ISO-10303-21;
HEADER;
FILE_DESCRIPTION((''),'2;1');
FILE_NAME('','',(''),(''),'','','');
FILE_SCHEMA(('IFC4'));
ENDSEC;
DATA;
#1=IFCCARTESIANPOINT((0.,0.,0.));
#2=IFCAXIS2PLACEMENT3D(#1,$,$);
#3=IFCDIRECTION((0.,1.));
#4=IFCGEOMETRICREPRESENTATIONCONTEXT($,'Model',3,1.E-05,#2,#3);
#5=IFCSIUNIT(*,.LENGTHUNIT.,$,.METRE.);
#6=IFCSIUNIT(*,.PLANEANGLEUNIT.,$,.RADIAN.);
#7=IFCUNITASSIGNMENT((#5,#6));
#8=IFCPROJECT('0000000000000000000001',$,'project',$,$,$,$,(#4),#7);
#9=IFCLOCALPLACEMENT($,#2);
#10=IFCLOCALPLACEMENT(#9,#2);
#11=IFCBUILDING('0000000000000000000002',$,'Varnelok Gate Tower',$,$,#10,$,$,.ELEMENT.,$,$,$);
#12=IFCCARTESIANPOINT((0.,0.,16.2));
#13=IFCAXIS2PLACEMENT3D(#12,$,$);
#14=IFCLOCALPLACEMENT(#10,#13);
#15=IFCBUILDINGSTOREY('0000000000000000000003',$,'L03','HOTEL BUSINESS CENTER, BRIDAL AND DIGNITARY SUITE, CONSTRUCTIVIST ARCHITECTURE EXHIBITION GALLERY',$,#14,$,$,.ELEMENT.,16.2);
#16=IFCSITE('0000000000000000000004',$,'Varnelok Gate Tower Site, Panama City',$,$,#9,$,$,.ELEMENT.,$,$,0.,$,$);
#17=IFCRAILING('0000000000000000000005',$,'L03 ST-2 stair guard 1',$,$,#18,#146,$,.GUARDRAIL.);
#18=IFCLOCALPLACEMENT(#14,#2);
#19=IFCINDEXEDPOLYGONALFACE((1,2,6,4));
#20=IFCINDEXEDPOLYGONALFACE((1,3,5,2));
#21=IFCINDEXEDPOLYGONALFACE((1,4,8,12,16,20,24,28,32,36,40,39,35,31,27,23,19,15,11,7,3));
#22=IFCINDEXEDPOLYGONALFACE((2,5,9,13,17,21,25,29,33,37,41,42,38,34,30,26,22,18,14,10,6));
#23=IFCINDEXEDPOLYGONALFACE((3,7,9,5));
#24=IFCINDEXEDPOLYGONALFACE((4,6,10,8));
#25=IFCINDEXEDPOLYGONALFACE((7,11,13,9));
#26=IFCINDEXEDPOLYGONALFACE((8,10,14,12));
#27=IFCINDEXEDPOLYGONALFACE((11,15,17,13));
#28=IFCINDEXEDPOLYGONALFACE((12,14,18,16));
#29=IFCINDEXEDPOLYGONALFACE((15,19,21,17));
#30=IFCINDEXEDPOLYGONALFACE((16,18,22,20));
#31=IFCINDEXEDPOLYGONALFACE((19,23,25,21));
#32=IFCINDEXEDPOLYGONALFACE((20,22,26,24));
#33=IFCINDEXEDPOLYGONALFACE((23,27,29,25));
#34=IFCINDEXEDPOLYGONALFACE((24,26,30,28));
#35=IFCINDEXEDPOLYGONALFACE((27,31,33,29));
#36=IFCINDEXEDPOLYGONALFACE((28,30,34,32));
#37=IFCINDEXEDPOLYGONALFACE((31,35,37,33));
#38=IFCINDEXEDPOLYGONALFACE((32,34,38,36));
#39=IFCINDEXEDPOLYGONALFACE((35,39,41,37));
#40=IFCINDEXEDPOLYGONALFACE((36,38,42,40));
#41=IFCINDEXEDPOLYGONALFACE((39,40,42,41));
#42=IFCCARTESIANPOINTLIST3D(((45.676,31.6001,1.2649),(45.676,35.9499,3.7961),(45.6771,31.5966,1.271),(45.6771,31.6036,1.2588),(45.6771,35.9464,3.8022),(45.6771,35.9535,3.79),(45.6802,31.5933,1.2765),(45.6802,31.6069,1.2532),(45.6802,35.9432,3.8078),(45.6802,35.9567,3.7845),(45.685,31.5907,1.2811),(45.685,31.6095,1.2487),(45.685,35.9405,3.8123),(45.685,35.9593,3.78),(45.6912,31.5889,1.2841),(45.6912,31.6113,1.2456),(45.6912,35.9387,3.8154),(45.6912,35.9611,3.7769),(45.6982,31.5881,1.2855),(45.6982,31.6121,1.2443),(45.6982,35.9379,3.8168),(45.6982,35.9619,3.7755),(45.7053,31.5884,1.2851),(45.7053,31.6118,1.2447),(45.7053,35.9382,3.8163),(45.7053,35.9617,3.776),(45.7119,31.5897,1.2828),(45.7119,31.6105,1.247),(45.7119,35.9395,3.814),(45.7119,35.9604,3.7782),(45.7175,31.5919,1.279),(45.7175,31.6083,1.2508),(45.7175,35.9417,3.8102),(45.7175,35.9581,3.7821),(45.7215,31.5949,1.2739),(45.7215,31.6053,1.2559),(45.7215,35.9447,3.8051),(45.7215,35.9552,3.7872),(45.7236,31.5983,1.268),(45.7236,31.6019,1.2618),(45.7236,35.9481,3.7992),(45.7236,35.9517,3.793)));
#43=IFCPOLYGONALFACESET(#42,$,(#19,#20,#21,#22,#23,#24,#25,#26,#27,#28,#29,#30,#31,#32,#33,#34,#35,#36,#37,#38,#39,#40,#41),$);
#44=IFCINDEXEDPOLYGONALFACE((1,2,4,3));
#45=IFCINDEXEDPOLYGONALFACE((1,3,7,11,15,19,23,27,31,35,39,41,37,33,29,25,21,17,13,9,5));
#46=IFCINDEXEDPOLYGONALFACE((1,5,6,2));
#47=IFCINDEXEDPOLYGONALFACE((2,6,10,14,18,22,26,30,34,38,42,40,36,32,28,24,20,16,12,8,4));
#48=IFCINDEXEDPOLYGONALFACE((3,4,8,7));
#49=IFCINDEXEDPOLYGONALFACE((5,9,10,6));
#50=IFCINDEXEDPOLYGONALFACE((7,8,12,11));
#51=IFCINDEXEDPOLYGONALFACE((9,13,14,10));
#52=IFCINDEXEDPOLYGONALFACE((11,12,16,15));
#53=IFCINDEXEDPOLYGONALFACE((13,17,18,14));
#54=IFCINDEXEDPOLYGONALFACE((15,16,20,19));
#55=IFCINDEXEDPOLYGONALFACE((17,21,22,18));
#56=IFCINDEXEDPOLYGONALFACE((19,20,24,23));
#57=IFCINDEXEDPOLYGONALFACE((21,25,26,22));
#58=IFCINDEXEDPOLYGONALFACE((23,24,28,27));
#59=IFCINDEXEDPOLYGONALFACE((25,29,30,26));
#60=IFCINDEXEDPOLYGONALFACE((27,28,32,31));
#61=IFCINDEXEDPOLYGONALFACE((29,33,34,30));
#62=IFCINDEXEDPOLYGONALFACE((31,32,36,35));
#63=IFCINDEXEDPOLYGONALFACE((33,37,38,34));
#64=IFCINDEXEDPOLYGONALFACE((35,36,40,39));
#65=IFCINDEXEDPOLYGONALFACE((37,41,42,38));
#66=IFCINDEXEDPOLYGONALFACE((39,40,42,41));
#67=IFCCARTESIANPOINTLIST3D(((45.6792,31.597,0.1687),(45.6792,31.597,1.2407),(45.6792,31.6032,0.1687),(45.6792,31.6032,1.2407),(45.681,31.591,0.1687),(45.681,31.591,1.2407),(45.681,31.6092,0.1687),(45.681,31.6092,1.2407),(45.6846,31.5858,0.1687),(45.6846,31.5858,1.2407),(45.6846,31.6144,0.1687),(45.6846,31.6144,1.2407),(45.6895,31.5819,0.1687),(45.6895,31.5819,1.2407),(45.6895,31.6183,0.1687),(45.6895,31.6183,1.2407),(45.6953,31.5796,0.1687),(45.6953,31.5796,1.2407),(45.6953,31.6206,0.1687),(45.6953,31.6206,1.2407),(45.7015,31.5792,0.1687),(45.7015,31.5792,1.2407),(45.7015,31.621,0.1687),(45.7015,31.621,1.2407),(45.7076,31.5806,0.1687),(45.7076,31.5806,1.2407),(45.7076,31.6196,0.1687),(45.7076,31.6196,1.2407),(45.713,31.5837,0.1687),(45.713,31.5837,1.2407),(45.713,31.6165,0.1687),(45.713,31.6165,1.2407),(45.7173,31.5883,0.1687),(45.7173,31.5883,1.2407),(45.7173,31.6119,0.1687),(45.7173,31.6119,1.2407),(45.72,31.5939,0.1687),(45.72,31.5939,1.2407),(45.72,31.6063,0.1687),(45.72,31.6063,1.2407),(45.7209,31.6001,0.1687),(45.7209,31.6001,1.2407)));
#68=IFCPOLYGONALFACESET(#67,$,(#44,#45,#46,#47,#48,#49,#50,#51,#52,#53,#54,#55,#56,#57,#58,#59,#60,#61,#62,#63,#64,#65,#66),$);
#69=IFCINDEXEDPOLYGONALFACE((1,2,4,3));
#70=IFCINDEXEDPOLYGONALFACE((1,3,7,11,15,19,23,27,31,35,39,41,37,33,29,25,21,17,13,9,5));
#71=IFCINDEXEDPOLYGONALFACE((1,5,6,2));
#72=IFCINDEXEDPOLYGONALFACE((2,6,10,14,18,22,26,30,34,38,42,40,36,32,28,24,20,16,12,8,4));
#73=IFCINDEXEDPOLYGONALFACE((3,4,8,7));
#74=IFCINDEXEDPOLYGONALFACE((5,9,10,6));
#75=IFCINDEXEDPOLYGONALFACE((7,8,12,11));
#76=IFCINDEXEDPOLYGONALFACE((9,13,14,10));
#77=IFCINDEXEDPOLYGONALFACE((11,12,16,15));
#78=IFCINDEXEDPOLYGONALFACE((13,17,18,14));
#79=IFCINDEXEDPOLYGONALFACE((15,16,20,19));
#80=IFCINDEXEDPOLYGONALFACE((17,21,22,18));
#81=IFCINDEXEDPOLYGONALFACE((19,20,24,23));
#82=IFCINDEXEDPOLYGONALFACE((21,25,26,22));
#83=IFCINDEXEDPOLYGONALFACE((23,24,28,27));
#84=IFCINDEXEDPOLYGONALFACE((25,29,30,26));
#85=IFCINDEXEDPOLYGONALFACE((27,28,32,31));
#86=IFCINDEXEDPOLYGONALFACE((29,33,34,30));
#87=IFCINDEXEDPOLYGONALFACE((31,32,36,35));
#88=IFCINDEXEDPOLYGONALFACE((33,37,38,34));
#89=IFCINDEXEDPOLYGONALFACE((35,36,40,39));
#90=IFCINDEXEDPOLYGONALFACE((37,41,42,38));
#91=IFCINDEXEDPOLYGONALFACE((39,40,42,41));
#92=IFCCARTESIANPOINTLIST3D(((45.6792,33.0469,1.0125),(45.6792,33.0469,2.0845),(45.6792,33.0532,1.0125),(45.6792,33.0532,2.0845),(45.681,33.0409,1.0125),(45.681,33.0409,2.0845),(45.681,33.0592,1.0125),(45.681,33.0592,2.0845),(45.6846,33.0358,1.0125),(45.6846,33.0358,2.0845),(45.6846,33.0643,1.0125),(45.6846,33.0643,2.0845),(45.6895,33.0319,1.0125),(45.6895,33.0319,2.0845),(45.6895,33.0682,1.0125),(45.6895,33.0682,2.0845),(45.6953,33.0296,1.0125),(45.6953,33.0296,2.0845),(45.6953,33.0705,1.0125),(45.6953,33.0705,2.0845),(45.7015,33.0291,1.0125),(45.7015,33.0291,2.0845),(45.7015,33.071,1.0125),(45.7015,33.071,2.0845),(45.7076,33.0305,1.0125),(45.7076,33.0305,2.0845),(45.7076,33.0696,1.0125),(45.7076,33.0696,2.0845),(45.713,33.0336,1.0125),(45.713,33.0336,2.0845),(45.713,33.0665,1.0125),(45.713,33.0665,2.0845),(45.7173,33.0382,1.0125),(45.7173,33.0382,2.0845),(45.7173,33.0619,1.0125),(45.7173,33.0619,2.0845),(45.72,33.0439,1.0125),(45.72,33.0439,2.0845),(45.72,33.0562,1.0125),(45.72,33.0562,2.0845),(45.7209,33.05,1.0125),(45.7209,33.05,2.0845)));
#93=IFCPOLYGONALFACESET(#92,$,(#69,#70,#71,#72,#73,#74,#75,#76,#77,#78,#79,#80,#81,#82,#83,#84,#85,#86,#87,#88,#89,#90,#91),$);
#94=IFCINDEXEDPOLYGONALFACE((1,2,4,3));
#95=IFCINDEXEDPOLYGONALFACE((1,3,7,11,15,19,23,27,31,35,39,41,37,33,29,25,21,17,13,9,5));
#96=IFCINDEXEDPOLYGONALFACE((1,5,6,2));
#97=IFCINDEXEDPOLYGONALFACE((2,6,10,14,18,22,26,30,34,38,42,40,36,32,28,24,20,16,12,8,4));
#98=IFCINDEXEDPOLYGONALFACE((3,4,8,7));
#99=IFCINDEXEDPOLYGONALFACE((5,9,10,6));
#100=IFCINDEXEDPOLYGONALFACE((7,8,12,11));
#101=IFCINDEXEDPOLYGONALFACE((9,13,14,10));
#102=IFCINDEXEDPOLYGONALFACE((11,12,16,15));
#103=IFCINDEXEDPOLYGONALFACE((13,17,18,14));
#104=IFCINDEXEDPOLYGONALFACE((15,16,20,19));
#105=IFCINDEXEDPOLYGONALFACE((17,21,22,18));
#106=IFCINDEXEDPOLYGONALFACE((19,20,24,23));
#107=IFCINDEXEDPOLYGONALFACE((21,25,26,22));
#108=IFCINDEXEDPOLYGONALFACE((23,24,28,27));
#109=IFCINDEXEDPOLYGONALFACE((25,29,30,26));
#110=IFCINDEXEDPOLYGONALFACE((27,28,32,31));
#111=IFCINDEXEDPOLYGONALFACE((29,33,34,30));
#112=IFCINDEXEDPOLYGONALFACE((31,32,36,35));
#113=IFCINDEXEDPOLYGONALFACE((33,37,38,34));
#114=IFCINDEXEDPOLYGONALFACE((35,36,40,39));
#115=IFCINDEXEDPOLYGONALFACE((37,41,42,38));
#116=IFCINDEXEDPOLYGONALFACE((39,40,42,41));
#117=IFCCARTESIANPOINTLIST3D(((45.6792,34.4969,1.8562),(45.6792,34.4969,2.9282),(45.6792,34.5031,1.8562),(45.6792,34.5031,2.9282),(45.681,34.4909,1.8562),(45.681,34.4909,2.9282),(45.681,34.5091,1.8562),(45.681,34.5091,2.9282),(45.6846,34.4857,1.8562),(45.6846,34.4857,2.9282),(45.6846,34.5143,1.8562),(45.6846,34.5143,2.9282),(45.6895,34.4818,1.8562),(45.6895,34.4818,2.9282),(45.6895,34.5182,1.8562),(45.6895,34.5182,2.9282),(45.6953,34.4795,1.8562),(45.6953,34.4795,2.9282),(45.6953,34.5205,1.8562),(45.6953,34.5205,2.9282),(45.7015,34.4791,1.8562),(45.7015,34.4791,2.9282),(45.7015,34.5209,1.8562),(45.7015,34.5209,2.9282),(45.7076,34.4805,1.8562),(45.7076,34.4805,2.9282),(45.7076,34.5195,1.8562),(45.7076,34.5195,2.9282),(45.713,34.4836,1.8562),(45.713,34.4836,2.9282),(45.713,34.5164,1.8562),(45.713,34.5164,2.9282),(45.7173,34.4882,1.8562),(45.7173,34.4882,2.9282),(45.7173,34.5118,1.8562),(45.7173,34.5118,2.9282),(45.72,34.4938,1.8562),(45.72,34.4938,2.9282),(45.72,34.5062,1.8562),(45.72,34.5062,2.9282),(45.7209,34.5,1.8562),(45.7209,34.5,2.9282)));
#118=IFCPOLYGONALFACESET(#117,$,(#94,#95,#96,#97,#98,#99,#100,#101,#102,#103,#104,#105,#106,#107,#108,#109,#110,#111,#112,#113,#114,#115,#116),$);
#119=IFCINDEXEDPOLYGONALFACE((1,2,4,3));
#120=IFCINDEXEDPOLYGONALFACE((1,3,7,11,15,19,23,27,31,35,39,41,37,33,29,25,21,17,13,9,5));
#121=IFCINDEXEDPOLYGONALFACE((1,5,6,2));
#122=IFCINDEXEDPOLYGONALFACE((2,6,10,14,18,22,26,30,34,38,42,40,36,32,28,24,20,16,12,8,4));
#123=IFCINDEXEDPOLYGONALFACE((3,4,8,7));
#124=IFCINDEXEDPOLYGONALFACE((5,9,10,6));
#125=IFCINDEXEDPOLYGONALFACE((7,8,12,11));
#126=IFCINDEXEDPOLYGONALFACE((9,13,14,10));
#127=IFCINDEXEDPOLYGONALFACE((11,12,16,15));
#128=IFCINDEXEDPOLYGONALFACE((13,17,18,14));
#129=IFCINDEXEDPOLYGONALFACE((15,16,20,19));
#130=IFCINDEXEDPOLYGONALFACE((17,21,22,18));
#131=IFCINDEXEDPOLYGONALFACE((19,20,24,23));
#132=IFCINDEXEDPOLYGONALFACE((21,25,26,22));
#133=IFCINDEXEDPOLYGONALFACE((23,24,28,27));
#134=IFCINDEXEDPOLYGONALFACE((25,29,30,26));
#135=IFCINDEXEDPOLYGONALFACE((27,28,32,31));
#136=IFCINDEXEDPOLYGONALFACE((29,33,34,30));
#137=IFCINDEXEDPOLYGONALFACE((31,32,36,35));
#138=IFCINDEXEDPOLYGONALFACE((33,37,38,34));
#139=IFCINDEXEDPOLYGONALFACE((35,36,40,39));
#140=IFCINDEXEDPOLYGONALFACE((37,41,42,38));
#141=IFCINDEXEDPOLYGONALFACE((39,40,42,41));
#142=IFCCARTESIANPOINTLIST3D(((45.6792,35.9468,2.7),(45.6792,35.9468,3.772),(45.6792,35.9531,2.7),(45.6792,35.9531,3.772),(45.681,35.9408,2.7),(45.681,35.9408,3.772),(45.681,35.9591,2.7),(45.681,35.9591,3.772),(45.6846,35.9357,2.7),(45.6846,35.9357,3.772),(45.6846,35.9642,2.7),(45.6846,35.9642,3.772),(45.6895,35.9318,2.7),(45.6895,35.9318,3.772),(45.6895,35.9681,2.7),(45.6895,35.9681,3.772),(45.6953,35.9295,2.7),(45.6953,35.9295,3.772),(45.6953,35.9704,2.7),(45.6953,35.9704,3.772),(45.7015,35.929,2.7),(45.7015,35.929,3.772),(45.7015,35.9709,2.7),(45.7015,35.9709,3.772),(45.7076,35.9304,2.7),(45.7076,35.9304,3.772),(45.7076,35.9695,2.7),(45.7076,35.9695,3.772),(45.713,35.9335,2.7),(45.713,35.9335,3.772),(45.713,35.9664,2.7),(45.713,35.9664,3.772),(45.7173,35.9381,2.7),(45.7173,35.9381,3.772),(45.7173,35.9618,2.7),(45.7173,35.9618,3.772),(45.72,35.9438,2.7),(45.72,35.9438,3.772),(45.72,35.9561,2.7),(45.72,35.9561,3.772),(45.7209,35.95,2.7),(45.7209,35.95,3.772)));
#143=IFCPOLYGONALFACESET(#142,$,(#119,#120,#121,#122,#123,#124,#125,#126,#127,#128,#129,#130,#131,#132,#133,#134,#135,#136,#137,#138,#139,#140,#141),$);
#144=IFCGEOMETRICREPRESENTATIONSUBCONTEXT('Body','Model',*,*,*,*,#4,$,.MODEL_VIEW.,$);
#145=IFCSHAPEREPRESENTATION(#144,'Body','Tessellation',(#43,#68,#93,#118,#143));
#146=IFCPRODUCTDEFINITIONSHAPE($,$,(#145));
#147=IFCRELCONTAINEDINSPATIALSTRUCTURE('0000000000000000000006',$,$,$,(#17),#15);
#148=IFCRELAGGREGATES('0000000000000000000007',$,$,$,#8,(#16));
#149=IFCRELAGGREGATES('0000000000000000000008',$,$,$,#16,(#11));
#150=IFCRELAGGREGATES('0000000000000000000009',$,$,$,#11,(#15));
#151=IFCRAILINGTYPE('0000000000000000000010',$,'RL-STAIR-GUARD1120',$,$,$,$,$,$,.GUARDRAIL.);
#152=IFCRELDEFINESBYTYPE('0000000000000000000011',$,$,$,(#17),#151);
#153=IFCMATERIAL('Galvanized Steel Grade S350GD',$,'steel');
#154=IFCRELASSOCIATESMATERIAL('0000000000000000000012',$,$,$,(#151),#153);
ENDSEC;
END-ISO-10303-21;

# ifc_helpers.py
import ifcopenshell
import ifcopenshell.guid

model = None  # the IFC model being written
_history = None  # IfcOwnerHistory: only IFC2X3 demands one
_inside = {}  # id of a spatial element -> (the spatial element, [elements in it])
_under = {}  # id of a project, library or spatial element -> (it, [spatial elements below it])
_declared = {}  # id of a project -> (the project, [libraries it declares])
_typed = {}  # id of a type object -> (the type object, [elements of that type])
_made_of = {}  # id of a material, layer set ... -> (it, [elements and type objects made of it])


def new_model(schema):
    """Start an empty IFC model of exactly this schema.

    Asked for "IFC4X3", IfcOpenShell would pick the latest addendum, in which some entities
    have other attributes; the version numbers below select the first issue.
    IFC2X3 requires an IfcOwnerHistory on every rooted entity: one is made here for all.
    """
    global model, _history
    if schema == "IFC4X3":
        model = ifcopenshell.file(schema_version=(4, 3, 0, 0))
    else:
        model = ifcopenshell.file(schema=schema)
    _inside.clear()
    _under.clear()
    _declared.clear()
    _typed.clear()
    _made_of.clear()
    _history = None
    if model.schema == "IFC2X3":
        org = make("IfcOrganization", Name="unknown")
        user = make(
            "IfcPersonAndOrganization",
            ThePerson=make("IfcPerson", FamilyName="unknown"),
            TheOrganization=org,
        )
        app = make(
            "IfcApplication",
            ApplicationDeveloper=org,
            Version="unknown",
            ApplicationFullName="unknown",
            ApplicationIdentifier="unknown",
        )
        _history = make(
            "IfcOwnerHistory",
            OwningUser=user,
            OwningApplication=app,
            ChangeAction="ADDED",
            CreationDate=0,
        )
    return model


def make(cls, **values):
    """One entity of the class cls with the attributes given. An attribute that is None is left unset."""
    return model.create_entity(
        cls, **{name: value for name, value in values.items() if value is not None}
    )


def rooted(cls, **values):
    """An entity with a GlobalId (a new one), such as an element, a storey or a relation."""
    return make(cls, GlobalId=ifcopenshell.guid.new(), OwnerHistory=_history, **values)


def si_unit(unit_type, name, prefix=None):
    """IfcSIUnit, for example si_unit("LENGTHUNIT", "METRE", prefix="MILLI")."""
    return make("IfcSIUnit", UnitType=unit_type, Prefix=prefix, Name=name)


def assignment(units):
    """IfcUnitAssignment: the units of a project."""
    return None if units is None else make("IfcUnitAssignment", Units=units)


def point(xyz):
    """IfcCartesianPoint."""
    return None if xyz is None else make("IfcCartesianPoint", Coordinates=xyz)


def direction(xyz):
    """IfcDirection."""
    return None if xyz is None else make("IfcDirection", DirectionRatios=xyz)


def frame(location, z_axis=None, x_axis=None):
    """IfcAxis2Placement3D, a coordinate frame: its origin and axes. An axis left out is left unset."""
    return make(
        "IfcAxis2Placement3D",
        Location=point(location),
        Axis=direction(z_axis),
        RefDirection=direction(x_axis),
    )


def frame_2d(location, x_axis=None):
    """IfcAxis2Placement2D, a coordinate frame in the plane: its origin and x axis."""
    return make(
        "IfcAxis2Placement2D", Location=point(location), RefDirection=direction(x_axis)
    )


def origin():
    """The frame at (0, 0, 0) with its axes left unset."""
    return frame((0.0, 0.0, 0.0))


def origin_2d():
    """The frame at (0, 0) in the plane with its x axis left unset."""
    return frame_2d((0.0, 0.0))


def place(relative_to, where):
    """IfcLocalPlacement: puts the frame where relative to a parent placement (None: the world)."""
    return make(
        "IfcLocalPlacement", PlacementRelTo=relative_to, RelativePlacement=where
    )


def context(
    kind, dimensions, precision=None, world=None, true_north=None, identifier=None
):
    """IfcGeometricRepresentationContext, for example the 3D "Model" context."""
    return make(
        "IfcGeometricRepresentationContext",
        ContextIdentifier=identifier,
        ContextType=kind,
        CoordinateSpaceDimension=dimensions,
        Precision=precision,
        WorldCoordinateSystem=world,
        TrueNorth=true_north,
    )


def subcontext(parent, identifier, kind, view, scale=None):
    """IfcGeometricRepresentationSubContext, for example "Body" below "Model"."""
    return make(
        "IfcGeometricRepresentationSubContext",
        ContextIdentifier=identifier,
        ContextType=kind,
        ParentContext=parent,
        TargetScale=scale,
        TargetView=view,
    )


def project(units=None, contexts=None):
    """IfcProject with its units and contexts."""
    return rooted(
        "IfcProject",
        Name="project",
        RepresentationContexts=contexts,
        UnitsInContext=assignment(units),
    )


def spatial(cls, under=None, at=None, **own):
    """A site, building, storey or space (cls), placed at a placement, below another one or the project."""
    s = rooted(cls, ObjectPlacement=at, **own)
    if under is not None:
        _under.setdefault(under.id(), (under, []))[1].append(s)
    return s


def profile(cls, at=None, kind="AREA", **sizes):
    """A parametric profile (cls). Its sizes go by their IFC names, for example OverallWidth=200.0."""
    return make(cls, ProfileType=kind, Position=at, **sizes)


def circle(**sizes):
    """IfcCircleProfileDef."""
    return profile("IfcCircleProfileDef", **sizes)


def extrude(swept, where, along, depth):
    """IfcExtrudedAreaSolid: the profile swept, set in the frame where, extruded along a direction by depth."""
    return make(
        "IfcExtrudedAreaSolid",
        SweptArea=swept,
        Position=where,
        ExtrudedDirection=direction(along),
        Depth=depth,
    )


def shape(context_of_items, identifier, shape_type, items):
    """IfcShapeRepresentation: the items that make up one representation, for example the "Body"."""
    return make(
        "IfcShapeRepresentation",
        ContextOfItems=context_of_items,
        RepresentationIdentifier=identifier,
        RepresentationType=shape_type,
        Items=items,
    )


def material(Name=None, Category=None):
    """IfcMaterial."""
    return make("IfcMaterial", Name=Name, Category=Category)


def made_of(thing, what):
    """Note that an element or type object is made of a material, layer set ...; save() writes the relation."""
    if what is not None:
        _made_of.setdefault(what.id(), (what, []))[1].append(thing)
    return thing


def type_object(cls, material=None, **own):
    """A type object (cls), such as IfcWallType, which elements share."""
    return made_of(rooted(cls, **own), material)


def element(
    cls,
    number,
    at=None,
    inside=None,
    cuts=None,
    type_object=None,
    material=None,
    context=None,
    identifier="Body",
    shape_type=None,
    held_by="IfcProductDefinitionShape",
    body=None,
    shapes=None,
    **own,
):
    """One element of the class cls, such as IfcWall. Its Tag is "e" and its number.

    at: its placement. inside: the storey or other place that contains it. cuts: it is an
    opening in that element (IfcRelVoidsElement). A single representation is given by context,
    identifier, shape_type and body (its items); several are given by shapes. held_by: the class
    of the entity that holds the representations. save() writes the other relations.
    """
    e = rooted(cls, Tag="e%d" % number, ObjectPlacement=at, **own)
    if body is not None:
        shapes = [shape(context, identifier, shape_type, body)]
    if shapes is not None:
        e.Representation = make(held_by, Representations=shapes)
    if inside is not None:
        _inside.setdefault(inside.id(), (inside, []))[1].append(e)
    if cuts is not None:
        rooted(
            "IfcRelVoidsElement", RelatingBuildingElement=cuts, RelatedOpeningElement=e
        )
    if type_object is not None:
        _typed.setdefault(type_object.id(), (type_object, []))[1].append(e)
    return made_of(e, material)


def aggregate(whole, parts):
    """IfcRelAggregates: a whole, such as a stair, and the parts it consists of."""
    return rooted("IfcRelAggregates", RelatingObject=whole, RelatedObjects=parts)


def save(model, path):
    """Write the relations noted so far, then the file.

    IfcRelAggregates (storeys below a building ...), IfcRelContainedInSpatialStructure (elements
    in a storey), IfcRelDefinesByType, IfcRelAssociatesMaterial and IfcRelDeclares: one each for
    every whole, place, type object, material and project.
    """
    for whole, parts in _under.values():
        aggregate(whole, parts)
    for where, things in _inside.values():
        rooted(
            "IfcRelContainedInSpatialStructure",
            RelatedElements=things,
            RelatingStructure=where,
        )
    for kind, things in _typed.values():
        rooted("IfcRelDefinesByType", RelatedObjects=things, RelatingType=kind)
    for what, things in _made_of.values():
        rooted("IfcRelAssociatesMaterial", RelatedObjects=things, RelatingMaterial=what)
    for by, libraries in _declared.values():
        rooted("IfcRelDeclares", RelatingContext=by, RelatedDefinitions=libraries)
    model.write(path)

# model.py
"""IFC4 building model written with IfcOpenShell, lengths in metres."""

from ifc_helpers import new_model, si_unit, direction, frame, origin, origin_2d, place, context, subcontext, project, spatial, circle, extrude, material, type_object, element, save


model = new_model("IFC4")

# Units and contexts
model_context = context("Model", 3, precision=1e-05, world=origin(), true_north=direction((0.0, 1.0)))
body_context = subcontext(model_context, "Body", "Model", "MODEL_VIEW")
ifc_project = project(units=[si_unit("LENGTHUNIT", "METRE"), si_unit("PLANEANGLEUNIT", "RADIAN")], contexts=[model_context])

# Site, building, storey
site_placement = place(None, origin())
site = spatial("IfcSite", under=ifc_project, at=site_placement, Name="Varnelok Gate Tower Site, Panama City", CompositionType="ELEMENT", RefElevation=0.0)
building_placement = place(site_placement, origin())
building = spatial("IfcBuilding", under=site, at=building_placement, Name="Varnelok Gate Tower", CompositionType="ELEMENT")
storey_placement = place(building_placement, frame((0.0, 0.0, 16.2)))
storey = spatial("IfcBuildingStorey", under=building, at=storey_placement, Name="L03", Description="HOTEL BUSINESS CENTER, BRIDAL AND DIGNITARY SUITE, CONSTRUCTIVIST ARCHITECTURE EXHIBITION GALLERY", CompositionType="ELEMENT", Elevation=16.2)

# Shared definitions
ifc_material_1 = material(Name="Galvanized Steel Grade S350GD", Category="steel")

# Railing
railing_type_1 = type_object("IfcRailingType", Name="RL-STAIR-GUARD1120", PredefinedType="GUARDRAIL", material=ifc_material_1)
railing_1_placement = place(storey_placement, frame((45.7, 31.6001, 0.1687)))
element("IfcRailing", 1, at=railing_1_placement, inside=storey, type_object=railing_type_1, Name="L03 ST-2 stair guard 1", PredefinedType="GUARDRAIL", context=body_context, shape_type="SweptSolid", body=[
    extrude(circle(Radius=0.0239, at=origin_2d()), frame((0.0, 0.0, 1.0962), z_axis=(0.0, 0.864312, 0.502957), x_axis=(-1.0, 0.0, 0.0)), (0.0, 0.0, 1.0), 5.0327),
    extrude(circle(Radius=0.021, at=origin_2d()), origin(), (0.0, 0.0, 1.0), 1.072),
    extrude(circle(Radius=0.021, at=origin_2d()), frame((0.0, 1.45, 0.8438)), (0.0, 0.0, 1.0), 1.072),
    extrude(circle(Radius=0.021, at=origin_2d()), frame((0.0, 2.8999, 1.6875)), (0.0, 0.0, 1.0), 1.072),
    extrude(circle(Radius=0.021, at=origin_2d()), frame((0.0, 4.3499, 2.5312)), (0.0, 0.0, 1.0), 1.072),
])

save(model, "model.ifc")
